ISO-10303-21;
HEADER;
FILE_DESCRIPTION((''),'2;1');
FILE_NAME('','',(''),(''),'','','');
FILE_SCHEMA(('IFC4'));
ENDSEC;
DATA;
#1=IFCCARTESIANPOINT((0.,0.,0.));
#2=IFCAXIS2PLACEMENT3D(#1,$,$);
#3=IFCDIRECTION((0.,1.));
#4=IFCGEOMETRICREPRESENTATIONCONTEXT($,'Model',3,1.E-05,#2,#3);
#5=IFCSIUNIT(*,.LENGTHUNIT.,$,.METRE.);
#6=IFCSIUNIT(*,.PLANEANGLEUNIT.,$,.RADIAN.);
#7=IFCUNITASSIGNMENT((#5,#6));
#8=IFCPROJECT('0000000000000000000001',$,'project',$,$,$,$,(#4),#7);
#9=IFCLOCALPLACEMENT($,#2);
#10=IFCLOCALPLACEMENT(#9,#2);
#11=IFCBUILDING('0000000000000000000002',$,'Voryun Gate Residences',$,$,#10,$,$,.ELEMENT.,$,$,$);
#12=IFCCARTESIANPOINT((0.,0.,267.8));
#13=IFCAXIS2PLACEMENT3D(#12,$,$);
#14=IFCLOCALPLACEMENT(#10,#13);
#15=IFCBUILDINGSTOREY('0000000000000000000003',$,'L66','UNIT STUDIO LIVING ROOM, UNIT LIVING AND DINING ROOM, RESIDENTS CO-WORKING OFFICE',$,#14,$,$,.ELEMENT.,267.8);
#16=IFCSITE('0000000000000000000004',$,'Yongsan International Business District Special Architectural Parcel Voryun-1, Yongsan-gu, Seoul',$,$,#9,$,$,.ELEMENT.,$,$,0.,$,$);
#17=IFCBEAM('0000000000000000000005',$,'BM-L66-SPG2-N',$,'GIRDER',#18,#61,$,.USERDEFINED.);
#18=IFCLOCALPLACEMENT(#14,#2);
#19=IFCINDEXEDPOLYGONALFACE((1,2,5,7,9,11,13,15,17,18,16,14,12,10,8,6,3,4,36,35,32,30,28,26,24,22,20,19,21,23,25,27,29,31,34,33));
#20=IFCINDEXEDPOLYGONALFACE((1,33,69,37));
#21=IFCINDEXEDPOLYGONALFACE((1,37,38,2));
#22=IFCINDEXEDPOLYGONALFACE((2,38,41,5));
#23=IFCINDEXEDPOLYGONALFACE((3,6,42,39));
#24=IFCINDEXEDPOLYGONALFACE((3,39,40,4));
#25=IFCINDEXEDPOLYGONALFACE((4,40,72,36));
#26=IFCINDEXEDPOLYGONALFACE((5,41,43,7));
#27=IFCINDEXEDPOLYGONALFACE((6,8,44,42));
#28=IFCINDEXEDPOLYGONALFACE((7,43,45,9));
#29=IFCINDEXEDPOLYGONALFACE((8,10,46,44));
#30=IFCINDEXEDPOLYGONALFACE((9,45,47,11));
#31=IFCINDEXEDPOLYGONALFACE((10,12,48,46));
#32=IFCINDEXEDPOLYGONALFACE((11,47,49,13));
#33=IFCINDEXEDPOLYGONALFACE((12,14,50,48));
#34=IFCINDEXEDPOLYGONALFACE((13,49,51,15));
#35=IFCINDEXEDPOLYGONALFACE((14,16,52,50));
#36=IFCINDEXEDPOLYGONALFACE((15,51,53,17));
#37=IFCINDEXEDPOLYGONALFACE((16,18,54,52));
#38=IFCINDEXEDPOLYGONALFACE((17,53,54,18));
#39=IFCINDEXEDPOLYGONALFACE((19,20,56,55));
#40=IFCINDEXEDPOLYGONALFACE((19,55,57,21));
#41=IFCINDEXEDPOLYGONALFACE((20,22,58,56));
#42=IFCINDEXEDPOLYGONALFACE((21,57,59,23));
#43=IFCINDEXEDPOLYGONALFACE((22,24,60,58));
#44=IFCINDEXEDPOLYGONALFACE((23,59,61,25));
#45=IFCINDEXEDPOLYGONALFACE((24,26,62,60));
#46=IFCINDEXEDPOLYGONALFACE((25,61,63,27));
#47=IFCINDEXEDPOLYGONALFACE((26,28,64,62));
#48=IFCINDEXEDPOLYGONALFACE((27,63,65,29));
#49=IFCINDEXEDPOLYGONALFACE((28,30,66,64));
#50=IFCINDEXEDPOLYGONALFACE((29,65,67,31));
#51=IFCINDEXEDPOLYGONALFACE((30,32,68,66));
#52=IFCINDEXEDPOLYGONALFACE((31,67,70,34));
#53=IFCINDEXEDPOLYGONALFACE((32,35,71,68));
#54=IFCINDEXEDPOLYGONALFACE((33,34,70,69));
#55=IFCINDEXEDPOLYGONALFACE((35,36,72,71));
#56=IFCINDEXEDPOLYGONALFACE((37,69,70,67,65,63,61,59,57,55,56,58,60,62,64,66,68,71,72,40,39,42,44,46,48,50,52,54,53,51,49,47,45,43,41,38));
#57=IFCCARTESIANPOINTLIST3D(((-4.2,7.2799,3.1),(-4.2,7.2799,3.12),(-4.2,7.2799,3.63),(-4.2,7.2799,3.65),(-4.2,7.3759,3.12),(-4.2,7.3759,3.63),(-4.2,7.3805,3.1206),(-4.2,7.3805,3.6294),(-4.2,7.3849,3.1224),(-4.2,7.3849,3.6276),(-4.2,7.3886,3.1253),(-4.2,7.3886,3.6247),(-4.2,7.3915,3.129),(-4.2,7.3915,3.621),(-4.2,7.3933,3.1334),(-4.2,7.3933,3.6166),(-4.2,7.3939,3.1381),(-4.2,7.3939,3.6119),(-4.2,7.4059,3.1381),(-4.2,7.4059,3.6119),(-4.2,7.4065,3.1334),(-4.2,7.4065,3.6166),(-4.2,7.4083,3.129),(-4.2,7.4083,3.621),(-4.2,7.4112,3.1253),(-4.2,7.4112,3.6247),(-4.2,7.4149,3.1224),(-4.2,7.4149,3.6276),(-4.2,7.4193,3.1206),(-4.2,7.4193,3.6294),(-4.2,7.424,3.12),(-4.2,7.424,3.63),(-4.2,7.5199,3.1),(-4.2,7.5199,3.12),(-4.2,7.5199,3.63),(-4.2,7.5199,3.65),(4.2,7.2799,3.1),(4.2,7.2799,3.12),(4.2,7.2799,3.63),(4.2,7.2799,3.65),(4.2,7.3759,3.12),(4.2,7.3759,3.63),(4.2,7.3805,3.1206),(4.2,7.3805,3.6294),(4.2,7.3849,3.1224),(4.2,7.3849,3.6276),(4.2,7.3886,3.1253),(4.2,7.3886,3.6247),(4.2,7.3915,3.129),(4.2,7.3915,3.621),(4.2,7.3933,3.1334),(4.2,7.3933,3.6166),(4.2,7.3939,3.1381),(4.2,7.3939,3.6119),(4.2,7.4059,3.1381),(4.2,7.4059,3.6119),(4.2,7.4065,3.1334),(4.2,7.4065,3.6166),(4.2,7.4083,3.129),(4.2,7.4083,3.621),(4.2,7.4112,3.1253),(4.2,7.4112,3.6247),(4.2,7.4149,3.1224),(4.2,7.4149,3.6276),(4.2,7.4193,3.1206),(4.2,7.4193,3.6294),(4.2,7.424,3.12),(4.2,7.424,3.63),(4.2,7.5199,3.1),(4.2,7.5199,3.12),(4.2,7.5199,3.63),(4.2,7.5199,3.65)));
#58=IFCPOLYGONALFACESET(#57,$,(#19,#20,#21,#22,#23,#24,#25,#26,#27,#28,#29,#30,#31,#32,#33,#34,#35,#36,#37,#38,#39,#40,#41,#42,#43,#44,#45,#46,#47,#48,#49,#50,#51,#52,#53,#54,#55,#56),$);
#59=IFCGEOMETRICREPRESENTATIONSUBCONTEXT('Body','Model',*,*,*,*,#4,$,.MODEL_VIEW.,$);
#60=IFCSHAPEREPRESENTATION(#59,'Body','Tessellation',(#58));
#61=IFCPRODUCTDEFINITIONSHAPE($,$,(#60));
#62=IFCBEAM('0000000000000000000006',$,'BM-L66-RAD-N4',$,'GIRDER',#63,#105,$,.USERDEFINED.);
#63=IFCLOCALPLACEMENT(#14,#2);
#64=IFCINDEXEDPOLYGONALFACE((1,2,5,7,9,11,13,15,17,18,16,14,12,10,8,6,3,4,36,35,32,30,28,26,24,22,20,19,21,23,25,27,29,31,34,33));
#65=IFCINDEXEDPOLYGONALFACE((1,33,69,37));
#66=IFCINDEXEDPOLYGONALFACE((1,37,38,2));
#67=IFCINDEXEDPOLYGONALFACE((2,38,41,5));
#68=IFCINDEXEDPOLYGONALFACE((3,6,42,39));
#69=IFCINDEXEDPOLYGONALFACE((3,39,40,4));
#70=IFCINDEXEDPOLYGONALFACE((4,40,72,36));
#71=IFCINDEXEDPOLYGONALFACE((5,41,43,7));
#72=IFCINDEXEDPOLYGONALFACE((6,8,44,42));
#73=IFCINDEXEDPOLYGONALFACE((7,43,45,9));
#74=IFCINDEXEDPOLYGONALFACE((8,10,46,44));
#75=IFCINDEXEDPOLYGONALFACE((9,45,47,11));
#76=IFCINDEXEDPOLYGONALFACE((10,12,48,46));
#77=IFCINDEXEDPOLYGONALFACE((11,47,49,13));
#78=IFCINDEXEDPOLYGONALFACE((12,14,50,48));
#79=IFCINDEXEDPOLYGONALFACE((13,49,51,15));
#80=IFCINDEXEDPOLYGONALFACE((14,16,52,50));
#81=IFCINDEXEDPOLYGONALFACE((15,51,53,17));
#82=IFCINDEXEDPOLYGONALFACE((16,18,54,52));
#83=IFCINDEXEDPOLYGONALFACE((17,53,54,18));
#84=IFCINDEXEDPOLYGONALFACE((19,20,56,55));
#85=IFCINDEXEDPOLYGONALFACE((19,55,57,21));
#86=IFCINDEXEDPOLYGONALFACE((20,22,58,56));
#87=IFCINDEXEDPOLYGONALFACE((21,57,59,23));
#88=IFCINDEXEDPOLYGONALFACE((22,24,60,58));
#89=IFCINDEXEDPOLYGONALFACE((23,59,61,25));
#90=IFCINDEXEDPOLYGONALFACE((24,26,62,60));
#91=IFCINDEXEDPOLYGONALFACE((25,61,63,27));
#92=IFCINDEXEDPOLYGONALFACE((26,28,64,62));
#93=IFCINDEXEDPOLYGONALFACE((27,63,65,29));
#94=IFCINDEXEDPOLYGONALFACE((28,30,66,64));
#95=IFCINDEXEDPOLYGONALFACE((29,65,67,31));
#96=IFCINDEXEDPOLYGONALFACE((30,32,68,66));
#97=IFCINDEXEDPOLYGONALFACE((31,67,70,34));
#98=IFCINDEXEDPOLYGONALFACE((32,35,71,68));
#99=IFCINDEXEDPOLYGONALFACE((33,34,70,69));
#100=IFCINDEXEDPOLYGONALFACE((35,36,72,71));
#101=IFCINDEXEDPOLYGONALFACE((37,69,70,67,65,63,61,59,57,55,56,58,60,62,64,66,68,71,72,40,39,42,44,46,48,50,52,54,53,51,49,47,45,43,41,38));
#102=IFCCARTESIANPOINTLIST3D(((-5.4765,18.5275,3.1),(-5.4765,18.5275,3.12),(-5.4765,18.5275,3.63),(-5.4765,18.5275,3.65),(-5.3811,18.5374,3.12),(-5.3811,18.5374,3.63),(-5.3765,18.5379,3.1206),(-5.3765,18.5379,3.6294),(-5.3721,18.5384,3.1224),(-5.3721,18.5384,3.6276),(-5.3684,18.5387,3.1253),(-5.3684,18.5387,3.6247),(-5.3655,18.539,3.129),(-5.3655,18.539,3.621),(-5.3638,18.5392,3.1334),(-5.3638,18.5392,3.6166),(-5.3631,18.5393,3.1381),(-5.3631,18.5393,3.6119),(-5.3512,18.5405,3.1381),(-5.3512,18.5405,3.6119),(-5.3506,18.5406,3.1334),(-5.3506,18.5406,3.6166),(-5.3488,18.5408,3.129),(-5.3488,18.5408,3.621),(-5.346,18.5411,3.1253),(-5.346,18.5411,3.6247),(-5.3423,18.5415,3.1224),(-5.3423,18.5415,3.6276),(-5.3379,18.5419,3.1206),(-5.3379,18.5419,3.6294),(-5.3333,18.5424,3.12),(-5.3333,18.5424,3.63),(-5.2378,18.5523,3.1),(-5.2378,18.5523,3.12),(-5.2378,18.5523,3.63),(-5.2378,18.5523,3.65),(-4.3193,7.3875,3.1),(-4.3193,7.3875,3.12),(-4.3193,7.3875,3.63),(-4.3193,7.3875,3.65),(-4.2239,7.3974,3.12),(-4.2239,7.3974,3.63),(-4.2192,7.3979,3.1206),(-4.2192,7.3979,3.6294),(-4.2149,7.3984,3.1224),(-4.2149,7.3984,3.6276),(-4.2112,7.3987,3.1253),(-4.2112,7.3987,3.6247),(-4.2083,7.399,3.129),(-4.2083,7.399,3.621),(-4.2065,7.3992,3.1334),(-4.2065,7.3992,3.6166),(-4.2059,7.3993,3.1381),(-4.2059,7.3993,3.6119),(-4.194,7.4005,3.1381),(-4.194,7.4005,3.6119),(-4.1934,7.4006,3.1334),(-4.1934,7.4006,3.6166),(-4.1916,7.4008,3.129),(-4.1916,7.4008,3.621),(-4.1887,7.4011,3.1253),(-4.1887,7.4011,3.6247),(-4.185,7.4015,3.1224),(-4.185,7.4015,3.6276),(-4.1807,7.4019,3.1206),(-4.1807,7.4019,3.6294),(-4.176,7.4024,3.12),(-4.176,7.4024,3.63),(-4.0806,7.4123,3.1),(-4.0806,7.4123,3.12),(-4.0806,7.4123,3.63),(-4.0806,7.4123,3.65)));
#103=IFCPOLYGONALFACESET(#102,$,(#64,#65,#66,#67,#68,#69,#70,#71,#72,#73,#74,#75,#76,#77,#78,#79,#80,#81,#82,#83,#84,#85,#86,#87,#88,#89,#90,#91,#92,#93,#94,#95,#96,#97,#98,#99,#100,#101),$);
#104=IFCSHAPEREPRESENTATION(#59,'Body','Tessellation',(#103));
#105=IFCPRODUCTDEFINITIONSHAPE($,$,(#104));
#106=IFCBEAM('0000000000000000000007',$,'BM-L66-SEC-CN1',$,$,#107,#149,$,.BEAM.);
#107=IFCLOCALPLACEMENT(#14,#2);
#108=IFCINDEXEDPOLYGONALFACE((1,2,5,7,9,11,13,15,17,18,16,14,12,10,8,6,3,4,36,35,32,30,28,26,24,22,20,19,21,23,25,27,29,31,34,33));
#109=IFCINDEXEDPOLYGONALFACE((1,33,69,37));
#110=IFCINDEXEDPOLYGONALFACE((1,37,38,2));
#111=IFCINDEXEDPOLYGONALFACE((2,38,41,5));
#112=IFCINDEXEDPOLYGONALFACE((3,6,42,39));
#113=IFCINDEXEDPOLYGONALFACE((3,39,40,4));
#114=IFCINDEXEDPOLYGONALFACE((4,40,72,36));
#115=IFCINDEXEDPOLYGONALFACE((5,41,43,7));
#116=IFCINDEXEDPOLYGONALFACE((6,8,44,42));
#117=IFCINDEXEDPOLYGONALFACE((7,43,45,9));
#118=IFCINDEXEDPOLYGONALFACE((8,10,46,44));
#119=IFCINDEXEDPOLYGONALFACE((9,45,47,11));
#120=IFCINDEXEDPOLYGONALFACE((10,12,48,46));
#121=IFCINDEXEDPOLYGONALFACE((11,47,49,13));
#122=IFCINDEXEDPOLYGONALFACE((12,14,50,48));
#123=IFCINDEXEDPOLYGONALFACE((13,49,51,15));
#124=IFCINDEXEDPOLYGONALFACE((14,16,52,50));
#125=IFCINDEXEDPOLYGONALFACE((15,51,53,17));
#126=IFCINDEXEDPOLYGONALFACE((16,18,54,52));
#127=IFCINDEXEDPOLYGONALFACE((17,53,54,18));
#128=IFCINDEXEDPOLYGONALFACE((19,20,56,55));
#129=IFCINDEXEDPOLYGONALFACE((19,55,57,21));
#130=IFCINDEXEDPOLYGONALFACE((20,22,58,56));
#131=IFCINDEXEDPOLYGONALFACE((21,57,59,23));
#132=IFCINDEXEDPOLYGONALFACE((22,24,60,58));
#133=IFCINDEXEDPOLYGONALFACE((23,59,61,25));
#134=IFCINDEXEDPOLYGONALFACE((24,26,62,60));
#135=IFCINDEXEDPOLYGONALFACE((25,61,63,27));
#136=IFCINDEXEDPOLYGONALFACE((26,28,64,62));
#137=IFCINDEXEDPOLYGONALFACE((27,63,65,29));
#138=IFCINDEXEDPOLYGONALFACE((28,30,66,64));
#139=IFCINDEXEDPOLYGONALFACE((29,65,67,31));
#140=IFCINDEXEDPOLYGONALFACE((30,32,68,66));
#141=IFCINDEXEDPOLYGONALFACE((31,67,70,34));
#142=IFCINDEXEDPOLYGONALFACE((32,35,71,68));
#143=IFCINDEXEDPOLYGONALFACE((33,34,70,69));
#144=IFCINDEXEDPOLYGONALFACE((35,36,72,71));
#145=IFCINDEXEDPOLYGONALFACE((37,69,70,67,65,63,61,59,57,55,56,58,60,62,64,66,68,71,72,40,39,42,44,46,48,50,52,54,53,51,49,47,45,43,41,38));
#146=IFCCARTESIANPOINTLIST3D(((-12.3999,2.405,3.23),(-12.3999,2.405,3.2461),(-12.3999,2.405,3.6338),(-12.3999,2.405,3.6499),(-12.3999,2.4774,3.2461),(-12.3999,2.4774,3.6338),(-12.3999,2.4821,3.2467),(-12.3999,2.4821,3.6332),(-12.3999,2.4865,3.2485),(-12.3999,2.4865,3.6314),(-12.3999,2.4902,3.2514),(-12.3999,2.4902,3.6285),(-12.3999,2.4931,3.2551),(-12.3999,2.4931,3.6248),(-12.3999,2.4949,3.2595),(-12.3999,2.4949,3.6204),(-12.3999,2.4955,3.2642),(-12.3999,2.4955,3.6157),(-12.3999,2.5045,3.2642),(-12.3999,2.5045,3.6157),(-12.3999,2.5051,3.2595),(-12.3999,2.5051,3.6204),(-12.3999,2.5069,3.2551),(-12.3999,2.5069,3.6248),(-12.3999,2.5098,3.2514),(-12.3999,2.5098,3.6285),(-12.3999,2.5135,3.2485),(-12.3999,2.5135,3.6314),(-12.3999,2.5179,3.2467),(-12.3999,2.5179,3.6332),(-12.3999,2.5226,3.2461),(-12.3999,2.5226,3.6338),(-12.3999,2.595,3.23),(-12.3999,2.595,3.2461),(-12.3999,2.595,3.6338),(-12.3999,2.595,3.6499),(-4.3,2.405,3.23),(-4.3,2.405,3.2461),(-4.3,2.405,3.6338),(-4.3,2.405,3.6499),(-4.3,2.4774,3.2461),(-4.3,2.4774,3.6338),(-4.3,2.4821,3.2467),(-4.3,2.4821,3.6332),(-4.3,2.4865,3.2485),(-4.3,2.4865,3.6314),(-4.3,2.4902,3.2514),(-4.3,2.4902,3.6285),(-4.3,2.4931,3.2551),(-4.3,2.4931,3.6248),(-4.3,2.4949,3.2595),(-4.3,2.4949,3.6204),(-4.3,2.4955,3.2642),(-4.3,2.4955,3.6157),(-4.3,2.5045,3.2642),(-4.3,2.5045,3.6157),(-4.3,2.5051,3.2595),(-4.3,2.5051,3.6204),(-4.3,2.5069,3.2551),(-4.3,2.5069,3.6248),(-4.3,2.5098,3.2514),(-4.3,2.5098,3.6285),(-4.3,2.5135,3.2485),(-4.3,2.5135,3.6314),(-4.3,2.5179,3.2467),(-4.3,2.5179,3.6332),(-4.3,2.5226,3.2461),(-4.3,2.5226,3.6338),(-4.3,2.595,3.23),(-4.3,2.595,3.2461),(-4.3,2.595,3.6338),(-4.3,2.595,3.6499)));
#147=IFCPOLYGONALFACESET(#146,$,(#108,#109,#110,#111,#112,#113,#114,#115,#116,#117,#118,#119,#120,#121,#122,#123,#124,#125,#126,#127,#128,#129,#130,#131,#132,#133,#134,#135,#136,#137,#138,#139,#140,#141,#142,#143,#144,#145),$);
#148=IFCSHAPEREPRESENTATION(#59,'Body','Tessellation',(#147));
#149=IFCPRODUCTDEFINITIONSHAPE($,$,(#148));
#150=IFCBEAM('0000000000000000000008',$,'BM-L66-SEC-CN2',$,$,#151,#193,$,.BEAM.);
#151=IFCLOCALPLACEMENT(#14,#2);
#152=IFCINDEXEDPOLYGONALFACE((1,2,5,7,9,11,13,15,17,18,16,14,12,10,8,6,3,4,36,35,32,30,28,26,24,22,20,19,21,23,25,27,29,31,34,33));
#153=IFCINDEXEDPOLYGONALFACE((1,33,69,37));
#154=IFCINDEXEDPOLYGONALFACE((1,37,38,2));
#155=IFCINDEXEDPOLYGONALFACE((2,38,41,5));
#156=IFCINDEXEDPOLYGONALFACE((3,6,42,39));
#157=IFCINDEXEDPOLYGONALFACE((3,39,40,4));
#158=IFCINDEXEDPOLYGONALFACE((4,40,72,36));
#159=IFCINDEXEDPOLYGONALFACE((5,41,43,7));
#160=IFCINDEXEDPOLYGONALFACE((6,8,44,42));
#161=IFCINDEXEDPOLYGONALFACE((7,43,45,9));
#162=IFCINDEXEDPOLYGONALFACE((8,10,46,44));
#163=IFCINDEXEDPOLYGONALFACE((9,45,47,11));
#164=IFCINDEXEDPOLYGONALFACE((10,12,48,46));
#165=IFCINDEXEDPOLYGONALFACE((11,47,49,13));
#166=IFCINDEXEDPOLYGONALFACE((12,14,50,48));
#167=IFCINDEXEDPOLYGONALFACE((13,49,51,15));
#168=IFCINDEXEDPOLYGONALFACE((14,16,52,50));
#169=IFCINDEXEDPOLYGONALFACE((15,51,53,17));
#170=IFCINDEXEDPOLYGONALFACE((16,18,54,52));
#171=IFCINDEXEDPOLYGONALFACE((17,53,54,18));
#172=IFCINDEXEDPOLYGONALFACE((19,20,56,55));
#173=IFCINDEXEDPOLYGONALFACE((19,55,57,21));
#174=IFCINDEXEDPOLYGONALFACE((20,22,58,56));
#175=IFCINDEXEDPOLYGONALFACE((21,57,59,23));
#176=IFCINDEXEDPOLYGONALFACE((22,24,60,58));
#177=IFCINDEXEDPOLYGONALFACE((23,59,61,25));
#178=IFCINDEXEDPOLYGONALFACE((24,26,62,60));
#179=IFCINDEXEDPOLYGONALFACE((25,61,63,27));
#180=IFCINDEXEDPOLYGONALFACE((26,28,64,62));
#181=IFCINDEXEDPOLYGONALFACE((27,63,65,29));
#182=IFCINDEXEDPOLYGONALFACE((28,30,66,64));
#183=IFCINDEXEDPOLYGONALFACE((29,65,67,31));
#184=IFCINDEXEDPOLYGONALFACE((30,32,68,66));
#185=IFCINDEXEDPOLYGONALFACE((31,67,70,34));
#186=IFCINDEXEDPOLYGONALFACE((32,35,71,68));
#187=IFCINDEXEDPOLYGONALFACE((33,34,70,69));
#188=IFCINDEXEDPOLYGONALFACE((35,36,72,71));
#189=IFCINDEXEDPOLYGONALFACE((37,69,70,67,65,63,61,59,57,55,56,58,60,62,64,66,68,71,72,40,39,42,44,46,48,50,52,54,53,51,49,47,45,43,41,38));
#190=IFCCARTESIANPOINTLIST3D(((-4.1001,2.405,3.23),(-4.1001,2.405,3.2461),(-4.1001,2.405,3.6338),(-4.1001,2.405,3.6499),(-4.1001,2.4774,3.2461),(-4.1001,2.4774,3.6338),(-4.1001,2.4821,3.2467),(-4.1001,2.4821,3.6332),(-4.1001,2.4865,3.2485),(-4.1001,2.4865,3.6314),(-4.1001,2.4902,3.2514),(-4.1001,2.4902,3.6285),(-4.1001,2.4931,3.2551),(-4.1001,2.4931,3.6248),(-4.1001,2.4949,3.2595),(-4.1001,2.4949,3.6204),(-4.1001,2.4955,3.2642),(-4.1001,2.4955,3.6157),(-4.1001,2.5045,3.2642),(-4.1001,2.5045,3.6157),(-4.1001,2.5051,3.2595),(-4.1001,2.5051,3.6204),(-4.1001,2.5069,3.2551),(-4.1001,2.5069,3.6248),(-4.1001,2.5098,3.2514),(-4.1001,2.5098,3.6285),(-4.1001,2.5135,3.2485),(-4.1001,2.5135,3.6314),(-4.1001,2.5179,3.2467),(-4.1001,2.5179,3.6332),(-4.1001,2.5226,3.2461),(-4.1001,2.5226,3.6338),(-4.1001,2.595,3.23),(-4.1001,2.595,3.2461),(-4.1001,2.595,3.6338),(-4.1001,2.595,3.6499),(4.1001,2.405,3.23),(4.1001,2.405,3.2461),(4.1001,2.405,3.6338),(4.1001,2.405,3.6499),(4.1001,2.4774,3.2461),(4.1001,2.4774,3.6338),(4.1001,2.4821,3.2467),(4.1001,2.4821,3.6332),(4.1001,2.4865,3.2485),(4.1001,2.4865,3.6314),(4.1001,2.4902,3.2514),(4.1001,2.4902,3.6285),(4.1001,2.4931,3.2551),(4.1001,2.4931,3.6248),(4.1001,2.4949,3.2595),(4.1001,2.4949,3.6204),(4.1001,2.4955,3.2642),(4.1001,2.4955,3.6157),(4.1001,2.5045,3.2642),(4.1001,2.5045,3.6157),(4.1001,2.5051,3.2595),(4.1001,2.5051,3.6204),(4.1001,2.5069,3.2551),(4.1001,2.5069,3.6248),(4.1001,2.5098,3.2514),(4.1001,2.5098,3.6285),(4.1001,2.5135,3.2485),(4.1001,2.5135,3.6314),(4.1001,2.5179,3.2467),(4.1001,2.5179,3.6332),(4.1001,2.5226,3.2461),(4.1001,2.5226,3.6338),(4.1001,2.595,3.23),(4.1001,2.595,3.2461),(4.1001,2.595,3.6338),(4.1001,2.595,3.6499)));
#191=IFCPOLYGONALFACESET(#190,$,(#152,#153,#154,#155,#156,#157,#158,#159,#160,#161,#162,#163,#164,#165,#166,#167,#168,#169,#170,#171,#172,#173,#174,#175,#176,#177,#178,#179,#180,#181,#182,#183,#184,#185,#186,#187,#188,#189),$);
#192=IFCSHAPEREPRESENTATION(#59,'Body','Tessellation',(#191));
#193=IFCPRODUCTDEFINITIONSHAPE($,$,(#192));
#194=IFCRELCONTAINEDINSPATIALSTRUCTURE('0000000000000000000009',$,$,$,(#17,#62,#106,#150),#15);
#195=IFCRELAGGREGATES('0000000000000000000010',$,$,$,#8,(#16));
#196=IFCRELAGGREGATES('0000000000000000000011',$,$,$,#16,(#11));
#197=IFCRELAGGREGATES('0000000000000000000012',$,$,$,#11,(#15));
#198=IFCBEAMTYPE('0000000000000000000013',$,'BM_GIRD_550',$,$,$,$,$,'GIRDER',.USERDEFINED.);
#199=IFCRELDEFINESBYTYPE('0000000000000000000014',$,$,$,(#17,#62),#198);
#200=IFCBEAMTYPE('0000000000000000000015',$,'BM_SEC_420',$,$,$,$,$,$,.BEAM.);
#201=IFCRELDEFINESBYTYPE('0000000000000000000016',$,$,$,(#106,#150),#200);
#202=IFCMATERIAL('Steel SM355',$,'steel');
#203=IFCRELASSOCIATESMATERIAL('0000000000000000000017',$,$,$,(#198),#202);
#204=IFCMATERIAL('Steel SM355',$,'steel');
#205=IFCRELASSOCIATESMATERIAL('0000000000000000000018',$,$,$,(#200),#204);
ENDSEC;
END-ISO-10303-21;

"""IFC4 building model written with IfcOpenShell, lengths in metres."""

from ifc_helpers import new_model, si_unit, direction, frame, origin, origin_2d, place, context, subcontext, project, spatial, i_section, extrude, material, material_profile, profile_set, type_object, element, save


model = new_model("IFC4")

# Units and contexts
model_context = context("Model", 3, precision=1e-05, world=origin(), true_north=direction((0.0, 1.0)))
body_context = subcontext(model_context, "Body", "Model", "MODEL_VIEW")
ifc_project = project(units=[si_unit("LENGTHUNIT", "METRE"), si_unit("PLANEANGLEUNIT", "RADIAN")], contexts=[model_context])

# Site, building, storey
site_placement = place(None, origin())
site = spatial("IfcSite", under=ifc_project, at=site_placement, Name="Yongsan International Business District Special Architectural Parcel Voryun-1, Yongsan-gu, Seoul", CompositionType="ELEMENT", RefElevation=0.0)
building_placement = place(site_placement, origin())
building = spatial("IfcBuilding", under=site, at=building_placement, Name="Voryun Gate Residences", CompositionType="ELEMENT")
storey_placement = place(building_placement, frame((0.0, 0.0, 267.8)))
storey = spatial("IfcBuildingStorey", under=building, at=storey_placement, Name="L66", Description="UNIT STUDIO LIVING ROOM, UNIT LIVING AND DINING ROOM, RESIDENTS CO-WORKING OFFICE", CompositionType="ELEMENT", Elevation=267.8)

# Beams
ifc_material_1 = material(Name="Steel SM355", Category="steel")
ifc_material_profile_1 = material_profile(ifc_material_1, i_section(OverallWidth=0.24, OverallDepth=0.55, WebThickness=0.012, FlangeThickness=0.02, FilletRadius=0.0181, at=origin_2d()), Name="H-550x240x12x20")
ifc_profile_set_1 = profile_set([ifc_material_profile_1], Name="Steel SM355")
beam_type_1 = type_object("IfcBeamType", Name="BM_GIRD_550", ElementType="GIRDER", PredefinedType="USERDEFINED", material=ifc_profile_set_1)
beam_1_placement = place(storey_placement, frame((-4.2, 7.3999, 3.375), z_axis=(1.0, 0.0, 0.0), x_axis=(0.0, 1.0, 0.0)))
element("IfcBeam", 1, at=beam_1_placement, inside=storey, type_object=beam_type_1, Name="BM-L66-SPG2-N", ObjectType="GIRDER", PredefinedType="USERDEFINED", context=body_context, shape_type="SweptSolid", body=[
    extrude(i_section(OverallWidth=0.24, OverallDepth=0.55, WebThickness=0.012, FlangeThickness=0.02, FilletRadius=0.0181, at=origin_2d()), origin(), (0.0, 0.0, 1.0), 8.3999),
])
beam_2_placement = place(storey_placement, frame((-4.2, 7.3999, 3.375), z_axis=(-0.103325, 0.994648, 0.0), x_axis=(-0.994648, -0.103325, 0.0)))
element("IfcBeam", 2, at=beam_2_placement, inside=storey, type_object=beam_type_1, Name="BM-L66-RAD-N4", ObjectType="GIRDER", PredefinedType="USERDEFINED", context=body_context, shape_type="SweptSolid", body=[
    extrude(i_section(OverallWidth=0.24, OverallDepth=0.55, WebThickness=0.012, FlangeThickness=0.02, FilletRadius=0.0181, at=origin_2d()), origin(), (0.0, 0.0, 1.0), 11.2),
])
ifc_material_2 = material(Name="Steel SM355", Category="steel")
ifc_material_profile_2 = material_profile(ifc_material_2, i_section(OverallWidth=0.1899, OverallDepth=0.4199, WebThickness=0.009, FlangeThickness=0.0161, FilletRadius=0.0181, at=origin_2d()), Name="H-420x190x9x16")
ifc_profile_set_2 = profile_set([ifc_material_profile_2], Name="Steel SM355")
beam_type_2 = type_object("IfcBeamType", Name="BM_SEC_420", PredefinedType="BEAM", material=ifc_profile_set_2)
beam_3_placement = place(storey_placement, frame((-12.3999, 2.5, 3.4399), z_axis=(1.0, 0.0, 0.0), x_axis=(0.0, 1.0, 0.0)))
element("IfcBeam", 3, at=beam_3_placement, inside=storey, type_object=beam_type_2, Name="BM-L66-SEC-CN1", PredefinedType="BEAM", context=body_context, shape_type="SweptSolid", body=[
    extrude(i_section(OverallWidth=0.1899, OverallDepth=0.4199, WebThickness=0.009, FlangeThickness=0.0161, FilletRadius=0.0181, at=origin_2d()), origin(), (0.0, 0.0, 1.0), 8.0999),
])
beam_4_placement = place(storey_placement, frame((-4.1001, 2.5, 3.4399), z_axis=(1.0, 0.0, 0.0), x_axis=(0.0, 1.0, 0.0)))
element("IfcBeam", 4, at=beam_4_placement, inside=storey, type_object=beam_type_2, Name="BM-L66-SEC-CN2", PredefinedType="BEAM", context=body_context, shape_type="SweptSolid", body=[
    extrude(i_section(OverallWidth=0.1899, OverallDepth=0.4199, WebThickness=0.009, FlangeThickness=0.0161, FilletRadius=0.0181, at=origin_2d()), origin(), (0.0, 0.0, 1.0), 8.2002),
])

save(model, "model.ifc")
